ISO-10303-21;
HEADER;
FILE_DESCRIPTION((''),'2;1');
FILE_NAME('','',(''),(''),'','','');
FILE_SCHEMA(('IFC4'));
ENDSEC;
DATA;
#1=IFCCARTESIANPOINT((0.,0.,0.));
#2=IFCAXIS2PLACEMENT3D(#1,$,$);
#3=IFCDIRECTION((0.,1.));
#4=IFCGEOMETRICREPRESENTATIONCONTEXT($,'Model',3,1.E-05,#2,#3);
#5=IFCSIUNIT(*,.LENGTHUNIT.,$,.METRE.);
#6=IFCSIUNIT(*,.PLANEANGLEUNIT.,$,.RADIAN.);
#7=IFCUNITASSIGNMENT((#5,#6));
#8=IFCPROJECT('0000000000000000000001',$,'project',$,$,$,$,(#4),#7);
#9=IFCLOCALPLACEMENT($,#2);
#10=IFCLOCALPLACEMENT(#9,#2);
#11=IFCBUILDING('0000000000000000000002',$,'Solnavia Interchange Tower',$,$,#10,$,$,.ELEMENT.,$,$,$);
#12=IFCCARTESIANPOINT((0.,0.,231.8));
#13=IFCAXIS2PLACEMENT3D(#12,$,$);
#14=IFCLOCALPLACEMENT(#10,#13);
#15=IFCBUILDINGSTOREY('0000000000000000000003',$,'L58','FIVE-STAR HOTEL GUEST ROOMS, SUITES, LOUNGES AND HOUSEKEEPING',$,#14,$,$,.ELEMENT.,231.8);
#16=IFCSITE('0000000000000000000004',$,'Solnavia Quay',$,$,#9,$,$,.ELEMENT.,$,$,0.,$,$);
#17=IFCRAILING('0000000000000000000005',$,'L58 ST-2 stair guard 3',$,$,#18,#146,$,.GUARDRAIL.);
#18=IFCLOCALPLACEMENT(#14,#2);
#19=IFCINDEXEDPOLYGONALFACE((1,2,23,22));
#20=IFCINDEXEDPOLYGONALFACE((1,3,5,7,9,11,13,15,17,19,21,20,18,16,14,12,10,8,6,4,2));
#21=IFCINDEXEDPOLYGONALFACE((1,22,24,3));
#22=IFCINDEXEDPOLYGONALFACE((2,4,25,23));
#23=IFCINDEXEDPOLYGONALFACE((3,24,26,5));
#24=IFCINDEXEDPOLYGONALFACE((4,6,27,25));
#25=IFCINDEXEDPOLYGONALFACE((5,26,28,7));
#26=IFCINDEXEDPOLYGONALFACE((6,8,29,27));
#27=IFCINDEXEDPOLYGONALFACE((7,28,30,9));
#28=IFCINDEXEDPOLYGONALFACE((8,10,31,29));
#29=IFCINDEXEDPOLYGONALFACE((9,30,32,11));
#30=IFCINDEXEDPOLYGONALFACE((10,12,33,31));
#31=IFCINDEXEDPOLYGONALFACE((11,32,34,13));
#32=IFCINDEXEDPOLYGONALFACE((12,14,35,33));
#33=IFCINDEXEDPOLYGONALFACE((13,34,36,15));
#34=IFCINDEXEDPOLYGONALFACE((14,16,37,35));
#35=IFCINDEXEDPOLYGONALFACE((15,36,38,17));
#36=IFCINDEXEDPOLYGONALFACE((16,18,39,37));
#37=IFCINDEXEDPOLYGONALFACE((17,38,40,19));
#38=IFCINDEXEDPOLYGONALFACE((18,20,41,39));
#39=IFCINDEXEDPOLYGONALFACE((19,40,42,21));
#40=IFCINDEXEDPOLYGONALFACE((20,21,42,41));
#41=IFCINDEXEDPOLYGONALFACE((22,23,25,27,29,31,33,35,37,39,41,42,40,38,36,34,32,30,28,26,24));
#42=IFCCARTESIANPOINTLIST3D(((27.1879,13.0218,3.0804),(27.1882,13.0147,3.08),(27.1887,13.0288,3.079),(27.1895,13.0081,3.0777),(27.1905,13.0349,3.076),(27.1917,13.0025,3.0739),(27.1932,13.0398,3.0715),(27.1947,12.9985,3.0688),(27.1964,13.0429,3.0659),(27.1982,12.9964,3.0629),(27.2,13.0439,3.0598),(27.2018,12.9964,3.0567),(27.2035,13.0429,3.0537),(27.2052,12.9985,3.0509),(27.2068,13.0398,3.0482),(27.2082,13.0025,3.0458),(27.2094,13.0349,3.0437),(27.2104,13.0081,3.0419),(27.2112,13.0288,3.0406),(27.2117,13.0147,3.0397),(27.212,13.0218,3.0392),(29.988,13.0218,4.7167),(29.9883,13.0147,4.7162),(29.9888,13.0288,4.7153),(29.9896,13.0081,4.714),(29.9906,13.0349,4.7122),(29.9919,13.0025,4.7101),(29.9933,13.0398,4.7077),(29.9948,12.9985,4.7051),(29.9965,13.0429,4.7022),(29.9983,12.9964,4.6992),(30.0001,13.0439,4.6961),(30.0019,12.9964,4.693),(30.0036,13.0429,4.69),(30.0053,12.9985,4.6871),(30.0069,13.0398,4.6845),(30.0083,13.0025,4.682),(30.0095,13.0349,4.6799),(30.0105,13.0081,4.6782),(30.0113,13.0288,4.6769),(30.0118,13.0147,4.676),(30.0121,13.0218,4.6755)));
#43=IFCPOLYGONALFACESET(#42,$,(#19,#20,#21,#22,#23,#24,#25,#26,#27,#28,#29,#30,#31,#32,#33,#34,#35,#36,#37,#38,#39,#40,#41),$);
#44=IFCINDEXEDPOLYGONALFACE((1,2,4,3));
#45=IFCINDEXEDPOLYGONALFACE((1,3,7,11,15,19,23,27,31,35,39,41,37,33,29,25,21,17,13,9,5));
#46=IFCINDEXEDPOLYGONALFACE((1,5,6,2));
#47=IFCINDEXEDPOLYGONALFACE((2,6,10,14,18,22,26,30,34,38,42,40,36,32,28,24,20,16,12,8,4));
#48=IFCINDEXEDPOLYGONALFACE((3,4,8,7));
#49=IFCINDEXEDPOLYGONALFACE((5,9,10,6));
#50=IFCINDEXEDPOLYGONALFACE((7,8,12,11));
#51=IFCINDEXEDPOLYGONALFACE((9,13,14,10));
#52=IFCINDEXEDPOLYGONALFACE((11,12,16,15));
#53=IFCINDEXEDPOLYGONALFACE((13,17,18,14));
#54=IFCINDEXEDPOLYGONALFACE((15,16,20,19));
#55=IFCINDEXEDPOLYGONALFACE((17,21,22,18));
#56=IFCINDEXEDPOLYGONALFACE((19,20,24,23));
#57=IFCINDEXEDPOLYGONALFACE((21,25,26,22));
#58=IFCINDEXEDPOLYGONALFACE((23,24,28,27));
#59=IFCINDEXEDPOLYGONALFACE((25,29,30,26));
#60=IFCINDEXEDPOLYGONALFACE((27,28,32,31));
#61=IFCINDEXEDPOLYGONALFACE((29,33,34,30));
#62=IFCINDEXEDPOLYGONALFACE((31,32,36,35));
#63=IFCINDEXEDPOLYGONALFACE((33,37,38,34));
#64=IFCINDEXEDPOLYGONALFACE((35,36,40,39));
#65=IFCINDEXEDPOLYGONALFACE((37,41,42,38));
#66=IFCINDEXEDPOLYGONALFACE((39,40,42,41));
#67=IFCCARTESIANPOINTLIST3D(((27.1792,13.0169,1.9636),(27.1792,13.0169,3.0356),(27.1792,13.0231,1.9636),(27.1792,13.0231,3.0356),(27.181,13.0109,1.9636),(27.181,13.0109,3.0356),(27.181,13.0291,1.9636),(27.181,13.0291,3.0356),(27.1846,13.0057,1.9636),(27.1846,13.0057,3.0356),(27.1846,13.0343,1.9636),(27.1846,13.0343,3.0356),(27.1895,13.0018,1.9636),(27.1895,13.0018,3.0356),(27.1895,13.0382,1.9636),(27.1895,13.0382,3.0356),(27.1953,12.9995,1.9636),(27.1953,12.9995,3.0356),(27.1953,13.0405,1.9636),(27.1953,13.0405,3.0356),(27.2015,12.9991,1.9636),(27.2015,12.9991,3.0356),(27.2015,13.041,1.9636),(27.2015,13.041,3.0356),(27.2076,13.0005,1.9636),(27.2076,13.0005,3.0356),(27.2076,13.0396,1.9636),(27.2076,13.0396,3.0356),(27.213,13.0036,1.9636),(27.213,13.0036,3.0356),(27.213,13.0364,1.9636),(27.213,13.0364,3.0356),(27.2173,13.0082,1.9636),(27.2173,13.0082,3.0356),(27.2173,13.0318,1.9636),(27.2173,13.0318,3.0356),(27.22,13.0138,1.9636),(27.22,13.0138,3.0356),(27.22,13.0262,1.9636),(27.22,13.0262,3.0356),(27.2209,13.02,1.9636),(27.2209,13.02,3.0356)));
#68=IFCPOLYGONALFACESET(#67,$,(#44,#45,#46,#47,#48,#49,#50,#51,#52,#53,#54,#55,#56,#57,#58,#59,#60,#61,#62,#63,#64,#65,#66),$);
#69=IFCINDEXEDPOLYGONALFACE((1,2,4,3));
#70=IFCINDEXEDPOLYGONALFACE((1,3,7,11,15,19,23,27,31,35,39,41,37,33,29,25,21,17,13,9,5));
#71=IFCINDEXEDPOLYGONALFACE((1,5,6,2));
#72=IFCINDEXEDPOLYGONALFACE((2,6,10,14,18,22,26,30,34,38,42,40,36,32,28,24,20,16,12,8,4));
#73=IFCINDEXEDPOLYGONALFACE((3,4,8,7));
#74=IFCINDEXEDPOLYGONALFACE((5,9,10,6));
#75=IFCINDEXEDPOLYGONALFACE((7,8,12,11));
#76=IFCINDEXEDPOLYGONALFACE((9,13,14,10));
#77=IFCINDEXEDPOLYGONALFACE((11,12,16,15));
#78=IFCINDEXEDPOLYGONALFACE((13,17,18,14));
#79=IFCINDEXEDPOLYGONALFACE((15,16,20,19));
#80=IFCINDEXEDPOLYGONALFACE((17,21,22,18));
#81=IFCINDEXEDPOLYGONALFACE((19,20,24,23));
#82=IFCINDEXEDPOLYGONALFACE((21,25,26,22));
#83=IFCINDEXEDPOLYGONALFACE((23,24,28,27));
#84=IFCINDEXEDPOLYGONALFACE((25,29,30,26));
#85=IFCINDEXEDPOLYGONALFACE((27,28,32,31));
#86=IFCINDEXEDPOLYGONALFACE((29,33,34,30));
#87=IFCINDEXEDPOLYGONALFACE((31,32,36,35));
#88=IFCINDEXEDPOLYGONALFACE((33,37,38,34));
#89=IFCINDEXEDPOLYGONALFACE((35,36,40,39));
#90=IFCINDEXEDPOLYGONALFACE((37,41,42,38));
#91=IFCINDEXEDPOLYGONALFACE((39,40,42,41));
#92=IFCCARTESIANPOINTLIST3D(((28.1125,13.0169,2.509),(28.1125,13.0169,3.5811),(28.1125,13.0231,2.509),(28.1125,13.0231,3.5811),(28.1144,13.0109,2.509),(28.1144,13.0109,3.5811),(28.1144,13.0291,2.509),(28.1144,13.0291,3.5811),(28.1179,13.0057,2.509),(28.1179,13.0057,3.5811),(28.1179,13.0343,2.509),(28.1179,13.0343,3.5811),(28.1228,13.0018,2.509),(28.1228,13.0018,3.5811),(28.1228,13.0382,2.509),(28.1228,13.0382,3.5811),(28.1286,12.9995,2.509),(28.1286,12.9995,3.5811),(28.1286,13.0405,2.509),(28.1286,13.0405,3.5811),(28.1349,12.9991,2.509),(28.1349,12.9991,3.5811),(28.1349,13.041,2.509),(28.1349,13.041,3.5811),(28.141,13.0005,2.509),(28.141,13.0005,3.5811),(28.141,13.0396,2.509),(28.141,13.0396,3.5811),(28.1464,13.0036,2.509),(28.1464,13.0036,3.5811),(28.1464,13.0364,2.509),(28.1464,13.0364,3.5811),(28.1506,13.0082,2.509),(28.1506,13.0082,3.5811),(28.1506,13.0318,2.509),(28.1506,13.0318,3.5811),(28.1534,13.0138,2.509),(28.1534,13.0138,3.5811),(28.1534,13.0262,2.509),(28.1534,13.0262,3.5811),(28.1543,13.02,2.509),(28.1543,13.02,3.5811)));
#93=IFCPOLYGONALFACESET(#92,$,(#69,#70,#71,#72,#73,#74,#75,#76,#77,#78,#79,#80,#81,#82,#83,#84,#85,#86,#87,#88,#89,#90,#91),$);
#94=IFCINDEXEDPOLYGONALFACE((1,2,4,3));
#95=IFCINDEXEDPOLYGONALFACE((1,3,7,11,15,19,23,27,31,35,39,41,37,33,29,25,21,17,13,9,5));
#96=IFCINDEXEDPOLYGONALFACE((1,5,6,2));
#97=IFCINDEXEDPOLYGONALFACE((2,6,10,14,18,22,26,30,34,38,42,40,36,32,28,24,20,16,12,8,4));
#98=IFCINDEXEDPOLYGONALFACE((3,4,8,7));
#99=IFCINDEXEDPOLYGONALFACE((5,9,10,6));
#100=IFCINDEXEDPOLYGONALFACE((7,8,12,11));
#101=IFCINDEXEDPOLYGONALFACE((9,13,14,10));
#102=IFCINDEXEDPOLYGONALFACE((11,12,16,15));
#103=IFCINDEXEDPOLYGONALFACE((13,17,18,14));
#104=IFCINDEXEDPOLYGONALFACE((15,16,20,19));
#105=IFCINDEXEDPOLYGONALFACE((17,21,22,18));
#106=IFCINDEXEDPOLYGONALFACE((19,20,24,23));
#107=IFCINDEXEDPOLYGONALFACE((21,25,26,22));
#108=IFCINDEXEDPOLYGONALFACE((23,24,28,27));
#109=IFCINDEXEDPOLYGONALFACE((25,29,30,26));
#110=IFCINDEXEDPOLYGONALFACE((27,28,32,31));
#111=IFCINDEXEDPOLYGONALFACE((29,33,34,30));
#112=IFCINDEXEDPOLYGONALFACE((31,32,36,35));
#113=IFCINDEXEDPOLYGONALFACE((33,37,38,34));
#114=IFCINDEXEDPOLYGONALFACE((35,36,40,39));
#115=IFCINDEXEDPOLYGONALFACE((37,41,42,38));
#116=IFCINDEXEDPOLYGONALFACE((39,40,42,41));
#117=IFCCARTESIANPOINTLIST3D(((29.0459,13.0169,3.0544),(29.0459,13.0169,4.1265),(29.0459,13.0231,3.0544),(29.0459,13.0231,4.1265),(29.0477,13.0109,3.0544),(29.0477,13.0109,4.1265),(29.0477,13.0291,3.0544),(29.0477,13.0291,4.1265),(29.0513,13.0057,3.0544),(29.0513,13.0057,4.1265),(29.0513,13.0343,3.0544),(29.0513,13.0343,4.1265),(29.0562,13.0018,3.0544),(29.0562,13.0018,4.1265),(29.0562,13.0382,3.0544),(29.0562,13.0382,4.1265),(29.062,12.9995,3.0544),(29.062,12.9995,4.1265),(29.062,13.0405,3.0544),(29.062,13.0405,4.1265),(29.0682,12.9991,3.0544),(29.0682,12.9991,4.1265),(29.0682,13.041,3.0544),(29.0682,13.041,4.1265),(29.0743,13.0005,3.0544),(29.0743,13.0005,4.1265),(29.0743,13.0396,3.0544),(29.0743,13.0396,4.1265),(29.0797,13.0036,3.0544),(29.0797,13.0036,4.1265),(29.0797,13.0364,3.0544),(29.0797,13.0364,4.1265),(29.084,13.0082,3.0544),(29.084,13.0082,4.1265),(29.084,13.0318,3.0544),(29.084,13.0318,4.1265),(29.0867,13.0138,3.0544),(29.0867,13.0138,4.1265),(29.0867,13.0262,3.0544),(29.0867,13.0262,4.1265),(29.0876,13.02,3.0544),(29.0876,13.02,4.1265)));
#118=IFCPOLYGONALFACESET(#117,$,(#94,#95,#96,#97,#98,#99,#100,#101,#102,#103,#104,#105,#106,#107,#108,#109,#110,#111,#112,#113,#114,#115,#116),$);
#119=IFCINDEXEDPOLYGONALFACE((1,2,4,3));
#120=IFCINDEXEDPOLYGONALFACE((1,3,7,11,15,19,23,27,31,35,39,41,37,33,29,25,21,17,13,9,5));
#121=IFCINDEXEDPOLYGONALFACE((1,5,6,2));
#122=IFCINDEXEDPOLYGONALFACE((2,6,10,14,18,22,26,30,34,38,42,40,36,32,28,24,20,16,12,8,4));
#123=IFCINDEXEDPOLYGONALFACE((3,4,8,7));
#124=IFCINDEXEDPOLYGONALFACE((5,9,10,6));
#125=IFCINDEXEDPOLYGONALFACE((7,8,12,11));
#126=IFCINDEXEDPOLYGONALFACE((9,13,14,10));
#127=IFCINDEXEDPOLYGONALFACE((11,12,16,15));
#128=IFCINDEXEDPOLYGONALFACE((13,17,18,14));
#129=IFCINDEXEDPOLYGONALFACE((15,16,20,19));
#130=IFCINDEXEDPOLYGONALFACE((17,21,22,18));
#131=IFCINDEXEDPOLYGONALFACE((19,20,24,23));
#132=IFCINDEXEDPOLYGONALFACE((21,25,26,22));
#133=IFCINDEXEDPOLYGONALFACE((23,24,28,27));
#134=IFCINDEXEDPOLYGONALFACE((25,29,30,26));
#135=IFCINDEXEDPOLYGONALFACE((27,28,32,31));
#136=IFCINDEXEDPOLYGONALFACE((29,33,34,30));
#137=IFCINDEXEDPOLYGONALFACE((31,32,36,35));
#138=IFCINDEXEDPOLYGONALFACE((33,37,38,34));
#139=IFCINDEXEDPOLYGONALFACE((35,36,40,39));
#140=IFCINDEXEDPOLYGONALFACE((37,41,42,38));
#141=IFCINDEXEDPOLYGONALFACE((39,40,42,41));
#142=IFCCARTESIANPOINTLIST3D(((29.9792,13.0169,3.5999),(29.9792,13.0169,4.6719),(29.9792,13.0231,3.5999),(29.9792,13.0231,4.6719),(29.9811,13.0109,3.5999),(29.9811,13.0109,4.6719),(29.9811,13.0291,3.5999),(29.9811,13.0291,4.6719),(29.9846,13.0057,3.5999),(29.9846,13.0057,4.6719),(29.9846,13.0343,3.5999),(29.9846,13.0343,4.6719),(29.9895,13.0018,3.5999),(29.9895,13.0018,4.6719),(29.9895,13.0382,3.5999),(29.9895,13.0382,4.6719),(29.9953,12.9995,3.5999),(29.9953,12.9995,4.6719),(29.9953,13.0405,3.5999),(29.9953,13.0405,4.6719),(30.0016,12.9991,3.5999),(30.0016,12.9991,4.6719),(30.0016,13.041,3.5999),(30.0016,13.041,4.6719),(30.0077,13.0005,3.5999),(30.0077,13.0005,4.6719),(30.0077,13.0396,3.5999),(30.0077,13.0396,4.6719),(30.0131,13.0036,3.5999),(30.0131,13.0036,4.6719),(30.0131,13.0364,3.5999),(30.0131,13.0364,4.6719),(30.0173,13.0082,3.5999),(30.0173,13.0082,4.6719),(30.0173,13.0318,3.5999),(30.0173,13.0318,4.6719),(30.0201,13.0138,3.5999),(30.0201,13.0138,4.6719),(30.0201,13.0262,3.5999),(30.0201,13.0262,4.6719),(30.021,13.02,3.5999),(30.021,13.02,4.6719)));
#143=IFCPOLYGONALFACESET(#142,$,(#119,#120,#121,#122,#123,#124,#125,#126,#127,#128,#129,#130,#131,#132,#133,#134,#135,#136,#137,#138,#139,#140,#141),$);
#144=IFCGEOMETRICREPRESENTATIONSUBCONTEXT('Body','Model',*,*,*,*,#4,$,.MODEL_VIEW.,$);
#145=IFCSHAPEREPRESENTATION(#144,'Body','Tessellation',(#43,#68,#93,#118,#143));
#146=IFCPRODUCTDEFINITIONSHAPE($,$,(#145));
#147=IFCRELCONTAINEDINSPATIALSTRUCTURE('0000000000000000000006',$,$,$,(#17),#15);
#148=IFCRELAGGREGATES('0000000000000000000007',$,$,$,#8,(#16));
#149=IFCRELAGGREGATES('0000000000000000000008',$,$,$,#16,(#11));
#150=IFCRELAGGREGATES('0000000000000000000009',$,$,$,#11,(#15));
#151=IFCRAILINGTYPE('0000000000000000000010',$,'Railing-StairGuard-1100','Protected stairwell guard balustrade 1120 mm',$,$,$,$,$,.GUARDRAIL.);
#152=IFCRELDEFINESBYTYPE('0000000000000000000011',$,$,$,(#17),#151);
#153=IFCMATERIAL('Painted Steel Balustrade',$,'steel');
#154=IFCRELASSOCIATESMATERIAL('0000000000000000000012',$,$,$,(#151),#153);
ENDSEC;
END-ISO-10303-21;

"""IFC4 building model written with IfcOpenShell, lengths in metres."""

from ifc_helpers import new_model, si_unit, direction, frame, origin, origin_2d, place, context, subcontext, project, spatial, circle, extrude, material, type_object, element, save


model = new_model("IFC4")

# Units and contexts
model_context = context("Model", 3, precision=1e-05, world=origin(), true_north=direction((0.0, 1.0)))
body_context = subcontext(model_context, "Body", "Model", "MODEL_VIEW")
ifc_project = project(units=[si_unit("LENGTHUNIT", "METRE"), si_unit("PLANEANGLEUNIT", "RADIAN")], contexts=[model_context])

# Site, building, storey
site_placement = place(None, origin())
site = spatial("IfcSite", under=ifc_project, at=site_placement, Name="Solnavia Quay", CompositionType="ELEMENT", RefElevation=0.0)
building_placement = place(site_placement, origin())
building = spatial("IfcBuilding", under=site, at=building_placement, Name="Solnavia Interchange Tower", CompositionType="ELEMENT")
storey_placement = place(building_placement, frame((0.0, 0.0, 231.8)))
storey = spatial("IfcBuildingStorey", under=building, at=storey_placement, Name="L58", Description="FIVE-STAR HOTEL GUEST ROOMS, SUITES, LOUNGES AND HOUSEKEEPING", CompositionType="ELEMENT", Elevation=231.8)

# Railing
ifc_material_1 = material(Name="Painted Steel Balustrade", Category="steel")
railing_type_1 = type_object("IfcRailingType", Name="Railing-StairGuard-1100", Description="Protected stairwell guard balustrade 1120 mm", PredefinedType="GUARDRAIL", material=ifc_material_1)
railing_1_placement = place(storey_placement, frame((27.2, 13.02, 1.9636)))
element("IfcRailing", 1, at=railing_1_placement, inside=storey, type_object=railing_type_1, Name="L58 ST-2 stair guard 3", PredefinedType="GUARDRAIL", context=body_context, shape_type="SweptSolid", body=[
    extrude(circle(Radius=0.0239, at=origin_2d()), frame((0.0, 0.0, 1.0962), z_axis=(0.863394, 0.0, 0.504531), x_axis=(0.0, 1.0, 0.0)), (0.0, 0.0, 1.0), 3.2432),
    extrude(circle(Radius=0.021, at=origin_2d()), origin(), (0.0, 0.0, 1.0), 1.072),
    extrude(circle(Radius=0.021, at=origin_2d()), frame((0.9333, 0.0, 0.5454)), (0.0, 0.0, 1.0), 1.072),
    extrude(circle(Radius=0.021, at=origin_2d()), frame((1.8667, 0.0, 1.0908)), (0.0, 0.0, 1.0), 1.072),
    extrude(circle(Radius=0.021, at=origin_2d()), frame((2.8, 0.0, 1.6362)), (0.0, 0.0, 1.0), 1.072),
])

save(model, "model.ifc")
